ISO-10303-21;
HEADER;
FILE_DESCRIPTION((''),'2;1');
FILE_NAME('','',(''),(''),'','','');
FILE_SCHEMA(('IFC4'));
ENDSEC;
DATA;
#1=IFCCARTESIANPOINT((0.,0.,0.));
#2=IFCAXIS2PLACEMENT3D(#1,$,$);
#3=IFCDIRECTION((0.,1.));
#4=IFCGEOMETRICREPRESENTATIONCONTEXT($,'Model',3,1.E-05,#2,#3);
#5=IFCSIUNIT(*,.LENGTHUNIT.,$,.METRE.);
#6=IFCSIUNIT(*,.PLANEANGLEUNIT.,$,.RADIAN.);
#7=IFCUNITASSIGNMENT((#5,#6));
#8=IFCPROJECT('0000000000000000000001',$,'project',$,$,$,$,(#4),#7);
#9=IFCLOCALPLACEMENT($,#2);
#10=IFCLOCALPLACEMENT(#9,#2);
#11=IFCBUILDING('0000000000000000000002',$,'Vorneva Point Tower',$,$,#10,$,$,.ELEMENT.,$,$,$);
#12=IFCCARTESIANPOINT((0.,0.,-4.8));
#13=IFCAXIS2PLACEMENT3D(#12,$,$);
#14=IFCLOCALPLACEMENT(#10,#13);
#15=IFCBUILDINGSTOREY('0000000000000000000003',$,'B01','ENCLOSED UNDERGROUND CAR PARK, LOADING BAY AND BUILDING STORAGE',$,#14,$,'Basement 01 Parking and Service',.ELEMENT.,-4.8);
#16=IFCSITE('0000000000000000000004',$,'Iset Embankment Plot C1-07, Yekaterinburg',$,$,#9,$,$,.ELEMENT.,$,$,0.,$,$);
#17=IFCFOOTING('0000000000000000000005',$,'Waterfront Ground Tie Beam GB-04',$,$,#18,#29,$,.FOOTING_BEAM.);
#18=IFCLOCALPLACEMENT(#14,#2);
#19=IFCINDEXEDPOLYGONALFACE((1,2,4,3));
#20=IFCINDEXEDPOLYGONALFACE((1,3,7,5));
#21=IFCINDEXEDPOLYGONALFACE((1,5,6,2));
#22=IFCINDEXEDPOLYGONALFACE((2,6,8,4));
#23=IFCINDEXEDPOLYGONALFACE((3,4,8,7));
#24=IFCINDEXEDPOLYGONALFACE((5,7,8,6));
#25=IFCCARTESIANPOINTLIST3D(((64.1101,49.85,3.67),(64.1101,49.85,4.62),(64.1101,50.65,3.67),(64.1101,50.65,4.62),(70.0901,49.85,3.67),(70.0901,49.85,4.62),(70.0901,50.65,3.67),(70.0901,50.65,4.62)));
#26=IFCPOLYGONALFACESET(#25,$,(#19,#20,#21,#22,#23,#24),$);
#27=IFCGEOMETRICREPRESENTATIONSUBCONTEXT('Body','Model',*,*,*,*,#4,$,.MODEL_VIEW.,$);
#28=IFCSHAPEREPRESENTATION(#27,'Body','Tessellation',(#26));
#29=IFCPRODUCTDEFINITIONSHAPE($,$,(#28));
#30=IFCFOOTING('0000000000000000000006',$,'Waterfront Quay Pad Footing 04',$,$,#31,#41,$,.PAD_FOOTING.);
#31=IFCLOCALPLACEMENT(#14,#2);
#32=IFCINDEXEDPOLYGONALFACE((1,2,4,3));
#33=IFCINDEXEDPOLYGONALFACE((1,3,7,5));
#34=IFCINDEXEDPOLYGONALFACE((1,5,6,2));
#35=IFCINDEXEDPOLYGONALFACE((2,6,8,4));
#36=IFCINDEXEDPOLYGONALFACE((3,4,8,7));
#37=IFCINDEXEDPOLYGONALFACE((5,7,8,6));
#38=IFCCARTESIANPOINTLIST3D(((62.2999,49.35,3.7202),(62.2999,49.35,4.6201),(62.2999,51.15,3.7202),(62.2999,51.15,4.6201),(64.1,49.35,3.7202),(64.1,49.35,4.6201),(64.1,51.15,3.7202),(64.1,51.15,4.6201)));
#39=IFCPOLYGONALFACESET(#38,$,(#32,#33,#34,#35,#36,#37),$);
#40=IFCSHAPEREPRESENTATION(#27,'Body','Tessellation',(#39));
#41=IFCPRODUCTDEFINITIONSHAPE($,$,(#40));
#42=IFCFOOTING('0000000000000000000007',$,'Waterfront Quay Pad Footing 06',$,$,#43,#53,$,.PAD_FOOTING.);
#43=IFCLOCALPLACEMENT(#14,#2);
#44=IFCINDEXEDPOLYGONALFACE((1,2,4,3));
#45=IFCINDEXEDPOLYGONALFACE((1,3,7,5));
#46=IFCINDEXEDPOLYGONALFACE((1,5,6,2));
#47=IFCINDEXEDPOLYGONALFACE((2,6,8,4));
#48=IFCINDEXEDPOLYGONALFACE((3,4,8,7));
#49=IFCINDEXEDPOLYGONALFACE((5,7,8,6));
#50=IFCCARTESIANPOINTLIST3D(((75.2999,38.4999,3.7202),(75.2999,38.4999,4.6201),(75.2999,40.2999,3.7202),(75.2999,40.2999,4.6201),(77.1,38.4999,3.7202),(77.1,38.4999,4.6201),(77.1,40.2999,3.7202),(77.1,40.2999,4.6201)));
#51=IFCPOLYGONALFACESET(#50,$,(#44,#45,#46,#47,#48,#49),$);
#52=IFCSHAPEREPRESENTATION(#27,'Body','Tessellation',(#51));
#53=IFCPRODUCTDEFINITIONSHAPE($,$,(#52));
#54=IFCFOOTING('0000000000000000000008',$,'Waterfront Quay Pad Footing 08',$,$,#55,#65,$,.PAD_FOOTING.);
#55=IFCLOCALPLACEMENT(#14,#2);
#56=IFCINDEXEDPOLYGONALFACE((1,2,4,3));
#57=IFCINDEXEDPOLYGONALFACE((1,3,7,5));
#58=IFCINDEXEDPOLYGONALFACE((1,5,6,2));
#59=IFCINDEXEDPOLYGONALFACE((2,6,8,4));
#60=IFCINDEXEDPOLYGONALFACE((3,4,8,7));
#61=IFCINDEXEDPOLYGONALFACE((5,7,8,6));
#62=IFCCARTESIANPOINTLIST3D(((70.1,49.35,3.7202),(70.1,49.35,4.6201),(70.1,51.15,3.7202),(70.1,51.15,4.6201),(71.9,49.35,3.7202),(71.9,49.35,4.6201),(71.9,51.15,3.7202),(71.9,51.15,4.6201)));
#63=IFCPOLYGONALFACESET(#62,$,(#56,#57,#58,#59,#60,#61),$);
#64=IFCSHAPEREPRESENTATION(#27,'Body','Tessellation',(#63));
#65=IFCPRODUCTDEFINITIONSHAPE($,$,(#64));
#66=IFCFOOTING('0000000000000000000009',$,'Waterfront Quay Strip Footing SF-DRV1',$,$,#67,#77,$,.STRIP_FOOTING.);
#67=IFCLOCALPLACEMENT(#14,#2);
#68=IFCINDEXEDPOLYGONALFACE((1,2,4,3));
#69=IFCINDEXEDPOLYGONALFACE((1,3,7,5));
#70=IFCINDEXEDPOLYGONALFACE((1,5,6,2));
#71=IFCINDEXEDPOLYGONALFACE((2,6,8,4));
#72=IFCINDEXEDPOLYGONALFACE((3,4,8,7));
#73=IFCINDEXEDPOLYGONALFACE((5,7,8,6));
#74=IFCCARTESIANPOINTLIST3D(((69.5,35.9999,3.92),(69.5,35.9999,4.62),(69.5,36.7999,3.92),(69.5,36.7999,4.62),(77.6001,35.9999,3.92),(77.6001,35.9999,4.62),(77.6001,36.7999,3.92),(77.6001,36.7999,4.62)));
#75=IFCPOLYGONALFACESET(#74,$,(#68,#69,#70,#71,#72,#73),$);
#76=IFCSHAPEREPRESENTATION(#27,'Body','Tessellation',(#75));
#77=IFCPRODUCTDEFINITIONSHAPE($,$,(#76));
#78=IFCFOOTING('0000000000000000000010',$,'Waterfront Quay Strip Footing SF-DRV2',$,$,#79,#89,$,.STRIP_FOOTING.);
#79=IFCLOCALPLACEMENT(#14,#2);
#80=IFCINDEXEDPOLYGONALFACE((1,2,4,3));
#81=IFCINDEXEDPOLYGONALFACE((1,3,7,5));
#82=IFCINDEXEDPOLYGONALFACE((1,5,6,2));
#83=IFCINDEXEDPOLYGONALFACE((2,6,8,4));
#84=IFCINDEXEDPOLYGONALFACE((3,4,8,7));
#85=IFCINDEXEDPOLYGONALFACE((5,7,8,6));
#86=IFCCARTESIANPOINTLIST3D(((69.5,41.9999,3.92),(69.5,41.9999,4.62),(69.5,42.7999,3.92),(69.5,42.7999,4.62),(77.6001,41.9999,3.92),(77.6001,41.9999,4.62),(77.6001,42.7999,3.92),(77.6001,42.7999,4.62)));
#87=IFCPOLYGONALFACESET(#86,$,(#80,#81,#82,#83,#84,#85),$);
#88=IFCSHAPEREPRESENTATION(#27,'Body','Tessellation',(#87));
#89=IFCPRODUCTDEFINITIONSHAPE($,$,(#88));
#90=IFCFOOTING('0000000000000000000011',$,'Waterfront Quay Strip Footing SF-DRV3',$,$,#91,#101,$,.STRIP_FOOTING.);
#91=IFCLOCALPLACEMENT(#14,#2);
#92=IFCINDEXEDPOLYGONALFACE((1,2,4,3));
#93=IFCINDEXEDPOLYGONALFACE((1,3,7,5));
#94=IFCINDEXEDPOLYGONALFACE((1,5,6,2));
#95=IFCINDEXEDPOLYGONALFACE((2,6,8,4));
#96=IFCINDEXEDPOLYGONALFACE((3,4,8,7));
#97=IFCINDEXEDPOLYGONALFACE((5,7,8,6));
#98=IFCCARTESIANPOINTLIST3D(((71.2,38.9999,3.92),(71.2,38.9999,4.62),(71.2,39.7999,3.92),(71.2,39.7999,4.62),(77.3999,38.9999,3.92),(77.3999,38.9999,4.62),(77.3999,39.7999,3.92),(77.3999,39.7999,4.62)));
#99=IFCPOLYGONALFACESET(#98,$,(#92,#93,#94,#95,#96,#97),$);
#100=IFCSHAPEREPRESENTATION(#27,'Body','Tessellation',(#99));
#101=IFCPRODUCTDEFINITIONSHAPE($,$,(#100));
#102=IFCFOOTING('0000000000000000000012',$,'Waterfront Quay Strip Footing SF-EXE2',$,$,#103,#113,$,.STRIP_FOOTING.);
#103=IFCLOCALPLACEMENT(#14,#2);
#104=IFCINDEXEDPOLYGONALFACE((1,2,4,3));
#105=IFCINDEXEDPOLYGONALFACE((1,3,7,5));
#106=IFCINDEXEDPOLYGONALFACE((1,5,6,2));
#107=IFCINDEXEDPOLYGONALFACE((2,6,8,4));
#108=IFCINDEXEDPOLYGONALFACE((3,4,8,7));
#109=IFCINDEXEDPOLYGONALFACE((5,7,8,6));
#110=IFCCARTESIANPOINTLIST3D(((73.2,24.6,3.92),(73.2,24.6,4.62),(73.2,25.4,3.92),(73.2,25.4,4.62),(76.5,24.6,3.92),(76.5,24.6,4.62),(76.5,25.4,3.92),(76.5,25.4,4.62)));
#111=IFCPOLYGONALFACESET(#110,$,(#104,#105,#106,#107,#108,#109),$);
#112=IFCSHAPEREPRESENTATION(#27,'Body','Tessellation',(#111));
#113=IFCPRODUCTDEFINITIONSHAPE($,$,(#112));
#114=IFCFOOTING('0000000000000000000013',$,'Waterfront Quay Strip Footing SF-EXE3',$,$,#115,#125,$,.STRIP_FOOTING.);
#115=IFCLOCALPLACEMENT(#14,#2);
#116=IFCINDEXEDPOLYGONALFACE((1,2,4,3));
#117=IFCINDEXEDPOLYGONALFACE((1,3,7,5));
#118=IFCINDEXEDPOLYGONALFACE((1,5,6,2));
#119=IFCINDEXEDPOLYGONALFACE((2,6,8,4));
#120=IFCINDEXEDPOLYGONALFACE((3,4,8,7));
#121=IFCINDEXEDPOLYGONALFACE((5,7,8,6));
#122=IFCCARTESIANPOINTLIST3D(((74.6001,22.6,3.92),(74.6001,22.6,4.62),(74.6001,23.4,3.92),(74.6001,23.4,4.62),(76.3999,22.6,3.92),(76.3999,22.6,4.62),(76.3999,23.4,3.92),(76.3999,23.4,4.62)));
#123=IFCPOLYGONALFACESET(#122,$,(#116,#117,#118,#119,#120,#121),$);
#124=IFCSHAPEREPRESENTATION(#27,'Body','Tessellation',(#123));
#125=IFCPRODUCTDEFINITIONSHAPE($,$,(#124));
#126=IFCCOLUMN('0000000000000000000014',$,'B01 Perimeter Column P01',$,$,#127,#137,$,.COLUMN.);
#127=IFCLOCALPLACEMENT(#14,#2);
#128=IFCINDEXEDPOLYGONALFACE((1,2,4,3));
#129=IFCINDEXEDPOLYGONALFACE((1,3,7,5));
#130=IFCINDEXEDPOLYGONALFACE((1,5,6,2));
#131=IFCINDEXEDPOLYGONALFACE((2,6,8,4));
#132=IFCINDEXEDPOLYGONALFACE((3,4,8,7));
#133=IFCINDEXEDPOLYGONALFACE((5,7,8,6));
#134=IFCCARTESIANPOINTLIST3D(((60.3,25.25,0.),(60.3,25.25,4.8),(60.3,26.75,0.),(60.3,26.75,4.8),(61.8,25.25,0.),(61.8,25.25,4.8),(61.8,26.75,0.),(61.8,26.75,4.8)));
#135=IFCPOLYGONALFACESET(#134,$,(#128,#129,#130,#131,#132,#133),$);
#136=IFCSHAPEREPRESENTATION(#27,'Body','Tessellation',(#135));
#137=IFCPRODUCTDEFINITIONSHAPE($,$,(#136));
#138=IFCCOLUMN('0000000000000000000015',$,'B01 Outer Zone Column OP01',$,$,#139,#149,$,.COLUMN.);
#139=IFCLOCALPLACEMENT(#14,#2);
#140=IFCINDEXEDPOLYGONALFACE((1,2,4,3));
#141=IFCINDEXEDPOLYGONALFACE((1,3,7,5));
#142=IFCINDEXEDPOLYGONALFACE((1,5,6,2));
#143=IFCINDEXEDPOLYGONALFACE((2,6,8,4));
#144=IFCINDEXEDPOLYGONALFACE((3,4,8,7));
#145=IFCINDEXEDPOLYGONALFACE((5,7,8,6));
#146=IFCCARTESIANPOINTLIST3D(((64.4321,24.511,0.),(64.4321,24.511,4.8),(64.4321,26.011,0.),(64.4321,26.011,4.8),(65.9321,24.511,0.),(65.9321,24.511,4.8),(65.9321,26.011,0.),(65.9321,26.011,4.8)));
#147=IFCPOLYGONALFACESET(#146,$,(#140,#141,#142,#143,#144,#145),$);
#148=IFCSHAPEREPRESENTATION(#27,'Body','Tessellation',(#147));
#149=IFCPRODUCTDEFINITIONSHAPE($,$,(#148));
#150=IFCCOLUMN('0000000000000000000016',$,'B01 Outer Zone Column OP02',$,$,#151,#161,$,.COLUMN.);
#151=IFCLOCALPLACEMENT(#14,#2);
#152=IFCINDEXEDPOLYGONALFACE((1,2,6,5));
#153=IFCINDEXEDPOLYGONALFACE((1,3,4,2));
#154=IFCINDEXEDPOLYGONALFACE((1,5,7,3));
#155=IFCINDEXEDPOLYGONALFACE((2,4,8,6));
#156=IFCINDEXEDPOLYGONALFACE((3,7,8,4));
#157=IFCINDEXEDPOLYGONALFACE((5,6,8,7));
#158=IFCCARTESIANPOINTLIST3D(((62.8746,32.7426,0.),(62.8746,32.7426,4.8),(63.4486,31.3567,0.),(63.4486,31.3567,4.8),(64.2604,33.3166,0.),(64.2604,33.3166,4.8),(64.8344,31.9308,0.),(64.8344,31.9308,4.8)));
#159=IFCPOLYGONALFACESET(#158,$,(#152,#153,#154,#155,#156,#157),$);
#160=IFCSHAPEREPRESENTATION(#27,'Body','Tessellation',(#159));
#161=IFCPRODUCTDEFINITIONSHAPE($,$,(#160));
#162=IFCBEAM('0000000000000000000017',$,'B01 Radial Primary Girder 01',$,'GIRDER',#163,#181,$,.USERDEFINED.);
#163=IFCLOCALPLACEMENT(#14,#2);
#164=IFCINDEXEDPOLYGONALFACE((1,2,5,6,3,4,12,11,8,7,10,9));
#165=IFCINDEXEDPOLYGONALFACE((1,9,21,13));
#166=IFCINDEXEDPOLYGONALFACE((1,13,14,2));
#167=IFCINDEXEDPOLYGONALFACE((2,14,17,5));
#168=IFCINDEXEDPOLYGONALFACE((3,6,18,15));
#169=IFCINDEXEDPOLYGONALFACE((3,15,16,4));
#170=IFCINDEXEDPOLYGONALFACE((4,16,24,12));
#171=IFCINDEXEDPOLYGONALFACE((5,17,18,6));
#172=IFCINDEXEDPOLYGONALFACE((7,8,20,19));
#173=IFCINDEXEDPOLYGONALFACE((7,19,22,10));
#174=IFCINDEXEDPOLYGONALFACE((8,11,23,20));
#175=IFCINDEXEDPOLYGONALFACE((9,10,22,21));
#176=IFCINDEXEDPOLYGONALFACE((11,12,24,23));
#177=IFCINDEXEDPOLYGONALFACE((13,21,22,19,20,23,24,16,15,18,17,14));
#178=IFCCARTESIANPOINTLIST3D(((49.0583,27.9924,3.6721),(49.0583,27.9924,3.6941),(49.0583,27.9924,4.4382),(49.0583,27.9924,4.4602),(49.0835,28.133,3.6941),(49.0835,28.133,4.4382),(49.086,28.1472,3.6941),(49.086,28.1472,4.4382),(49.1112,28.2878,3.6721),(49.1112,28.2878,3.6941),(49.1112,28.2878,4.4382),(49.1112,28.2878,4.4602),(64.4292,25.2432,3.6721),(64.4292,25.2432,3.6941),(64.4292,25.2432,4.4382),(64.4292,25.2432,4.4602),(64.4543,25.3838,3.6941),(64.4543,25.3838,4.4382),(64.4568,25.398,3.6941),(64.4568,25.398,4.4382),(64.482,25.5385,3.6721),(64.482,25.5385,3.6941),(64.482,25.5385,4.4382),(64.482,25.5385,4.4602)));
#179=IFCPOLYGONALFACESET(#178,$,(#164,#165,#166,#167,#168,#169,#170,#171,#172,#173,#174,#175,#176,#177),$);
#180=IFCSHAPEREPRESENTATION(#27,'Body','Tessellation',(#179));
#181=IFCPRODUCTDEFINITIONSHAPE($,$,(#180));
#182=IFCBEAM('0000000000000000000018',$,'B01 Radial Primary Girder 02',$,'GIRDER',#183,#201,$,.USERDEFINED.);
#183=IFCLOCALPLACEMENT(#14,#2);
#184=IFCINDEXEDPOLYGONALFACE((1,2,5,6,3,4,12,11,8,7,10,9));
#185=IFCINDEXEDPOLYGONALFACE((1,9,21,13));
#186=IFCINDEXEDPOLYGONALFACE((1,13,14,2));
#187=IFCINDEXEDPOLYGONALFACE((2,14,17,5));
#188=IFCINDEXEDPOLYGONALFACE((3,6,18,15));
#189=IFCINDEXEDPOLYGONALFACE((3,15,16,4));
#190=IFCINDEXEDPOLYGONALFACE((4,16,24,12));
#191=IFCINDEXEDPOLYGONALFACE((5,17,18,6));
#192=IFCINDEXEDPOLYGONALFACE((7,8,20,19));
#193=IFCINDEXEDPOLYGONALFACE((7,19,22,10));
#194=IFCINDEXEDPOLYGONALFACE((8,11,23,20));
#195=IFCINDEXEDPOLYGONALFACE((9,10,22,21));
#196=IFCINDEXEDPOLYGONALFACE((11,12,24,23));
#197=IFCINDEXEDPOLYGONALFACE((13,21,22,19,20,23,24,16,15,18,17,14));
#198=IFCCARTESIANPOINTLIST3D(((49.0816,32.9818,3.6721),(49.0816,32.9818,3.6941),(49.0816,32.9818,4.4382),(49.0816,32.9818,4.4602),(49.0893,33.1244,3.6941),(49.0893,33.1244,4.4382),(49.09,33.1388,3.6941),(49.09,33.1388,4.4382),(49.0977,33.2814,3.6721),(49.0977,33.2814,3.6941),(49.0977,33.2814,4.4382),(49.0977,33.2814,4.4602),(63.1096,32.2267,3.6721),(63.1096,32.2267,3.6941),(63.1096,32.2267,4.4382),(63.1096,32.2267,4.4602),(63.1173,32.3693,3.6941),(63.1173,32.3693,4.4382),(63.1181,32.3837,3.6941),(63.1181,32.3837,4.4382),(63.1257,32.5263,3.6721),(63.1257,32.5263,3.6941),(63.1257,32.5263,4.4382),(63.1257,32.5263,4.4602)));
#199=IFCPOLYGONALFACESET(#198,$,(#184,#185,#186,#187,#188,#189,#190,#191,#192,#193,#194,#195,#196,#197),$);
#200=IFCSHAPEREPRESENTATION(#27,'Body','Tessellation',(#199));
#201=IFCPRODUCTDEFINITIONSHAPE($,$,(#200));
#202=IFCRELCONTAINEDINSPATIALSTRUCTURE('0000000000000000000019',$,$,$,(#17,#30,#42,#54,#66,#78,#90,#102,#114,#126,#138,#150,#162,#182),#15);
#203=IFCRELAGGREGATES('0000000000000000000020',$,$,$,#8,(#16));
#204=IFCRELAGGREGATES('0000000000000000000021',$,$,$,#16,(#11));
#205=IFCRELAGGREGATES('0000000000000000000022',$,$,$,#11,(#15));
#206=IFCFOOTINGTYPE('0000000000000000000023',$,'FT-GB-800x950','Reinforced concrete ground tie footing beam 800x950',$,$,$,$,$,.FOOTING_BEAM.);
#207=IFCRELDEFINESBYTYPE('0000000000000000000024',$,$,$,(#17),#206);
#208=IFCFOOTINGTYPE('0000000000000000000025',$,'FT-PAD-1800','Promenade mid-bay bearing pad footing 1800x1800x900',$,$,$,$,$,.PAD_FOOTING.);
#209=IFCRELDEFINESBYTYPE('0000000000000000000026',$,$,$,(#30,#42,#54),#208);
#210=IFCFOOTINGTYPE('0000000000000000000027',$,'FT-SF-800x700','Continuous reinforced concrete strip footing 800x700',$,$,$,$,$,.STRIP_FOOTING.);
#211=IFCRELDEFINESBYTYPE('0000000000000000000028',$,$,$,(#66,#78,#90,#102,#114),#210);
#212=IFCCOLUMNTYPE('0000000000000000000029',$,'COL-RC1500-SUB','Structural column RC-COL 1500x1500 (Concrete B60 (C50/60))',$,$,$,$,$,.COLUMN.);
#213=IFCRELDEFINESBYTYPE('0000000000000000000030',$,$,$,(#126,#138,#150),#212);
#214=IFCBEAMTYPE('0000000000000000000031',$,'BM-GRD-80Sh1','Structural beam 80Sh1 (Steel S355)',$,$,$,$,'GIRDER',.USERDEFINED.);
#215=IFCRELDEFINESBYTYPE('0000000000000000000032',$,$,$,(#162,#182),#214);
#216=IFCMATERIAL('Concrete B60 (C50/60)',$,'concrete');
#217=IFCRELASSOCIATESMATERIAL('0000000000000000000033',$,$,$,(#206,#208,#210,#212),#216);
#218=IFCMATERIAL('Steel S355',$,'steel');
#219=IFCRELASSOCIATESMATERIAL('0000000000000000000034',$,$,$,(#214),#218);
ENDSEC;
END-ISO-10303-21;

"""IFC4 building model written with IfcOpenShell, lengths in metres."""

from ifc_helpers import new_model, si_unit, direction, frame, origin, origin_2d, place, context, subcontext, project, spatial, rectangle, i_section, extrude, material, material_profile, profile_set, type_object, element, save


model = new_model("IFC4")

# Units and contexts
model_context = context("Model", 3, precision=1e-05, world=origin(), true_north=direction((0.0, 1.0)))
body_context = subcontext(model_context, "Body", "Model", "MODEL_VIEW")
ifc_project = project(units=[si_unit("LENGTHUNIT", "METRE"), si_unit("PLANEANGLEUNIT", "RADIAN")], contexts=[model_context])

# Site, building, storey
site_placement = place(None, origin())
site = spatial("IfcSite", under=ifc_project, at=site_placement, Name="Iset Embankment Plot C1-07, Yekaterinburg", CompositionType="ELEMENT", RefElevation=0.0)
building_placement = place(site_placement, origin())
building = spatial("IfcBuilding", under=site, at=building_placement, Name="Vorneva Point Tower", CompositionType="ELEMENT")
storey_placement = place(building_placement, frame((0.0, 0.0, -4.8)))
storey = spatial("IfcBuildingStorey", under=building, at=storey_placement, Name="B01", Description="ENCLOSED UNDERGROUND CAR PARK, LOADING BAY AND BUILDING STORAGE", LongName="Basement 01 Parking and Service", CompositionType="ELEMENT", Elevation=-4.8)

# Footings
ifc_material_1 = material(Name="Concrete B60 (C50/60)", Category="concrete")
ifc_material_profile_1 = material_profile(ifc_material_1, rectangle(XDim=0.8, YDim=0.95, at=origin_2d()), Name="GB 800x950")
ifc_profile_set_1 = profile_set([ifc_material_profile_1], Name="Concrete B60 (C50/60)")
footing_type_1 = type_object("IfcFootingType", Name="FT-GB-800x950", Description="Reinforced concrete ground tie footing beam 800x950", PredefinedType="FOOTING_BEAM", material=ifc_profile_set_1)
footing_1_placement = place(storey_placement, frame((64.1101, 50.25, 4.145), z_axis=(1.0, 0.0, 0.0), x_axis=(0.0, 1.0, 0.0)))
element("IfcFooting", 1, at=footing_1_placement, inside=storey, type_object=footing_type_1, Name="Waterfront Ground Tie Beam GB-04", PredefinedType="FOOTING_BEAM", context=body_context, shape_type="SweptSolid", body=[
    extrude(rectangle(XDim=0.8, YDim=0.95, at=origin_2d()), origin(), (0.0, 0.0, 1.0), 5.98),
])
footing_type_2 = type_object("IfcFootingType", Name="FT-PAD-1800", Description="Promenade mid-bay bearing pad footing 1800x1800x900", PredefinedType="PAD_FOOTING", material=ifc_material_1)
for number, where, z_axis, x_axis, name in (
    (2, (63.2, 50.25, 3.7202), (0.0, 0.0, 1.0), (1.0, 0.0, 0.0), "Waterfront Quay Pad Footing 04"),
    (3, (76.2, 39.3999, 3.7202), (0.0, 0.0, 1.0), (1.0, 0.0, 0.0), "Waterfront Quay Pad Footing 06"),
    (4, (71.0, 50.25, 3.7202), (0.0, 0.0, 1.0), (1.0, 0.0, 0.0), "Waterfront Quay Pad Footing 08"),
):
    element("IfcFooting", number, at=place(storey_placement, frame(where, z_axis=z_axis, x_axis=x_axis)), inside=storey, type_object=footing_type_2, Name=name, PredefinedType="PAD_FOOTING", context=body_context, shape_type="SweptSolid", body=[
        extrude(rectangle(XDim=1.8, YDim=1.8, at=origin_2d()), origin(), (0.0, 0.0, 1.0), 0.8999),
    ])
ifc_material_profile_2 = material_profile(ifc_material_1, rectangle(XDim=0.8, YDim=0.7, at=origin_2d()), Name="SF 800x700")
ifc_profile_set_2 = profile_set([ifc_material_profile_2], Name="Concrete B60 (C50/60)")
footing_type_3 = type_object("IfcFootingType", Name="FT-SF-800x700", Description="Continuous reinforced concrete strip footing 800x700", PredefinedType="STRIP_FOOTING", material=ifc_profile_set_2)
for number, where, z_axis, x_axis, name in (
    (5, (69.5, 36.3999, 4.27), (1.0, 0.0, 0.0), (0.0, 1.0, 0.0), "Waterfront Quay Strip Footing SF-DRV1"),
    (6, (69.5, 42.3999, 4.27), (1.0, 0.0, 0.0), (0.0, 1.0, 0.0), "Waterfront Quay Strip Footing SF-DRV2"),
):
    element("IfcFooting", number, at=place(storey_placement, frame(where, z_axis=z_axis, x_axis=x_axis)), inside=storey, type_object=footing_type_3, Name=name, PredefinedType="STRIP_FOOTING", context=body_context, shape_type="SweptSolid", body=[
        extrude(rectangle(XDim=0.8, YDim=0.7, at=origin_2d()), origin(), (0.0, 0.0, 1.0), 8.1001),
    ])
footing_2_placement = place(storey_placement, frame((71.2, 39.3999, 4.27), z_axis=(1.0, 0.0, 0.0), x_axis=(0.0, 1.0, 0.0)))
element("IfcFooting", 7, at=footing_2_placement, inside=storey, type_object=footing_type_3, Name="Waterfront Quay Strip Footing SF-DRV3", PredefinedType="STRIP_FOOTING", context=body_context, shape_type="SweptSolid", body=[
    extrude(rectangle(XDim=0.8, YDim=0.7, at=origin_2d()), origin(), (0.0, 0.0, 1.0), 6.2),
])
footing_3_placement = place(storey_placement, frame((73.2, 25.0, 4.27), z_axis=(1.0, 0.0, 0.0), x_axis=(0.0, 1.0, 0.0)))
element("IfcFooting", 8, at=footing_3_placement, inside=storey, type_object=footing_type_3, Name="Waterfront Quay Strip Footing SF-EXE2", PredefinedType="STRIP_FOOTING", context=body_context, shape_type="SweptSolid", body=[
    extrude(rectangle(XDim=0.8, YDim=0.7, at=origin_2d()), origin(), (0.0, 0.0, 1.0), 3.3),
])
footing_4_placement = place(storey_placement, frame((74.6001, 23.0, 4.27), z_axis=(1.0, 0.0, 0.0), x_axis=(0.0, 1.0, 0.0)))
element("IfcFooting", 9, at=footing_4_placement, inside=storey, type_object=footing_type_3, Name="Waterfront Quay Strip Footing SF-EXE3", PredefinedType="STRIP_FOOTING", context=body_context, shape_type="SweptSolid", body=[
    extrude(rectangle(XDim=0.8, YDim=0.7, at=origin_2d()), origin(), (0.0, 0.0, 1.0), 1.7998),
])

# Columns
ifc_material_profile_3 = material_profile(ifc_material_1, rectangle(XDim=1.5, YDim=1.5, at=origin_2d()), Name="RC-COL 1500x1500")
ifc_profile_set_3 = profile_set([ifc_material_profile_3], Name="Concrete B60 (C50/60)")
column_type = type_object("IfcColumnType", Name="COL-RC1500-SUB", Description="Structural column RC-COL 1500x1500 (Concrete B60 (C50/60))", PredefinedType="COLUMN", material=ifc_profile_set_3)
for number, where, z_axis, x_axis, name in (
    (10, (61.05, 26.0, 0.0), (0.0, 0.0, 1.0), (1.0, 0.0, 0.0), "B01 Perimeter Column P01"),
    (11, (65.1821, 25.261, 0.0), (0.0, 0.0, 1.0), (1.0, 0.0, 0.0), "B01 Outer Zone Column OP01"),
    (12, (63.8545, 32.3367, 0.0), (0.0, 0.0, 1.0), (0.92388, 0.382683, 0.0), "B01 Outer Zone Column OP02"),
):
    element("IfcColumn", number, at=place(storey_placement, frame(where, z_axis=z_axis, x_axis=x_axis)), inside=storey, type_object=column_type, Name=name, PredefinedType="COLUMN", context=body_context, shape_type="SweptSolid", body=[
        extrude(rectangle(XDim=1.5, YDim=1.5, at=origin_2d()), origin(), (0.0, 0.0, 1.0), 4.8),
    ])

# Beams
ifc_material_2 = material(Name="Steel S355", Category="steel")
ifc_material_profile_4 = material_profile(ifc_material_2, i_section(OverallWidth=0.3, OverallDepth=0.7881, WebThickness=0.0144, FlangeThickness=0.022, at=origin_2d()), Name="80Sh1")
ifc_profile_set_4 = profile_set([ifc_material_profile_4], Name="Steel S355")
beam_type_1 = type_object("IfcBeamType", Name="BM-GRD-80Sh1", Description="Structural beam 80Sh1 (Steel S355)", ElementType="GIRDER", PredefinedType="USERDEFINED", material=ifc_profile_set_4)
beam_1_placement = place(storey_placement, frame((64.4556, 25.3909, 4.0662), z_axis=(-0.984378, 0.176068, 0.0), x_axis=(-0.176068, -0.984378, 0.0)))
element("IfcBeam", 13, at=beam_1_placement, inside=storey, type_object=beam_type_1, Name="B01 Radial Primary Girder 01", ObjectType="GIRDER", PredefinedType="USERDEFINED", context=body_context, shape_type="SweptSolid", body=[
    extrude(i_section(OverallWidth=0.3, OverallDepth=0.7881, WebThickness=0.0144, FlangeThickness=0.022, at=origin_2d()), origin(), (0.0, 0.0, 1.0), 15.6147),
])
beam_2_placement = place(storey_placement, frame((63.1177, 32.3765, 4.0662), z_axis=(-0.998554, 0.053752, 0.0), x_axis=(-0.053752, -0.998554, 0.0)))
element("IfcBeam", 14, at=beam_2_placement, inside=storey, type_object=beam_type_1, Name="B01 Radial Primary Girder 02", ObjectType="GIRDER", PredefinedType="USERDEFINED", context=body_context, shape_type="SweptSolid", body=[
    extrude(i_section(OverallWidth=0.3, OverallDepth=0.7881, WebThickness=0.0144, FlangeThickness=0.022, at=origin_2d()), origin(), (0.0, 0.0, 1.0), 14.0483),
])

save(model, "model.ifc")
